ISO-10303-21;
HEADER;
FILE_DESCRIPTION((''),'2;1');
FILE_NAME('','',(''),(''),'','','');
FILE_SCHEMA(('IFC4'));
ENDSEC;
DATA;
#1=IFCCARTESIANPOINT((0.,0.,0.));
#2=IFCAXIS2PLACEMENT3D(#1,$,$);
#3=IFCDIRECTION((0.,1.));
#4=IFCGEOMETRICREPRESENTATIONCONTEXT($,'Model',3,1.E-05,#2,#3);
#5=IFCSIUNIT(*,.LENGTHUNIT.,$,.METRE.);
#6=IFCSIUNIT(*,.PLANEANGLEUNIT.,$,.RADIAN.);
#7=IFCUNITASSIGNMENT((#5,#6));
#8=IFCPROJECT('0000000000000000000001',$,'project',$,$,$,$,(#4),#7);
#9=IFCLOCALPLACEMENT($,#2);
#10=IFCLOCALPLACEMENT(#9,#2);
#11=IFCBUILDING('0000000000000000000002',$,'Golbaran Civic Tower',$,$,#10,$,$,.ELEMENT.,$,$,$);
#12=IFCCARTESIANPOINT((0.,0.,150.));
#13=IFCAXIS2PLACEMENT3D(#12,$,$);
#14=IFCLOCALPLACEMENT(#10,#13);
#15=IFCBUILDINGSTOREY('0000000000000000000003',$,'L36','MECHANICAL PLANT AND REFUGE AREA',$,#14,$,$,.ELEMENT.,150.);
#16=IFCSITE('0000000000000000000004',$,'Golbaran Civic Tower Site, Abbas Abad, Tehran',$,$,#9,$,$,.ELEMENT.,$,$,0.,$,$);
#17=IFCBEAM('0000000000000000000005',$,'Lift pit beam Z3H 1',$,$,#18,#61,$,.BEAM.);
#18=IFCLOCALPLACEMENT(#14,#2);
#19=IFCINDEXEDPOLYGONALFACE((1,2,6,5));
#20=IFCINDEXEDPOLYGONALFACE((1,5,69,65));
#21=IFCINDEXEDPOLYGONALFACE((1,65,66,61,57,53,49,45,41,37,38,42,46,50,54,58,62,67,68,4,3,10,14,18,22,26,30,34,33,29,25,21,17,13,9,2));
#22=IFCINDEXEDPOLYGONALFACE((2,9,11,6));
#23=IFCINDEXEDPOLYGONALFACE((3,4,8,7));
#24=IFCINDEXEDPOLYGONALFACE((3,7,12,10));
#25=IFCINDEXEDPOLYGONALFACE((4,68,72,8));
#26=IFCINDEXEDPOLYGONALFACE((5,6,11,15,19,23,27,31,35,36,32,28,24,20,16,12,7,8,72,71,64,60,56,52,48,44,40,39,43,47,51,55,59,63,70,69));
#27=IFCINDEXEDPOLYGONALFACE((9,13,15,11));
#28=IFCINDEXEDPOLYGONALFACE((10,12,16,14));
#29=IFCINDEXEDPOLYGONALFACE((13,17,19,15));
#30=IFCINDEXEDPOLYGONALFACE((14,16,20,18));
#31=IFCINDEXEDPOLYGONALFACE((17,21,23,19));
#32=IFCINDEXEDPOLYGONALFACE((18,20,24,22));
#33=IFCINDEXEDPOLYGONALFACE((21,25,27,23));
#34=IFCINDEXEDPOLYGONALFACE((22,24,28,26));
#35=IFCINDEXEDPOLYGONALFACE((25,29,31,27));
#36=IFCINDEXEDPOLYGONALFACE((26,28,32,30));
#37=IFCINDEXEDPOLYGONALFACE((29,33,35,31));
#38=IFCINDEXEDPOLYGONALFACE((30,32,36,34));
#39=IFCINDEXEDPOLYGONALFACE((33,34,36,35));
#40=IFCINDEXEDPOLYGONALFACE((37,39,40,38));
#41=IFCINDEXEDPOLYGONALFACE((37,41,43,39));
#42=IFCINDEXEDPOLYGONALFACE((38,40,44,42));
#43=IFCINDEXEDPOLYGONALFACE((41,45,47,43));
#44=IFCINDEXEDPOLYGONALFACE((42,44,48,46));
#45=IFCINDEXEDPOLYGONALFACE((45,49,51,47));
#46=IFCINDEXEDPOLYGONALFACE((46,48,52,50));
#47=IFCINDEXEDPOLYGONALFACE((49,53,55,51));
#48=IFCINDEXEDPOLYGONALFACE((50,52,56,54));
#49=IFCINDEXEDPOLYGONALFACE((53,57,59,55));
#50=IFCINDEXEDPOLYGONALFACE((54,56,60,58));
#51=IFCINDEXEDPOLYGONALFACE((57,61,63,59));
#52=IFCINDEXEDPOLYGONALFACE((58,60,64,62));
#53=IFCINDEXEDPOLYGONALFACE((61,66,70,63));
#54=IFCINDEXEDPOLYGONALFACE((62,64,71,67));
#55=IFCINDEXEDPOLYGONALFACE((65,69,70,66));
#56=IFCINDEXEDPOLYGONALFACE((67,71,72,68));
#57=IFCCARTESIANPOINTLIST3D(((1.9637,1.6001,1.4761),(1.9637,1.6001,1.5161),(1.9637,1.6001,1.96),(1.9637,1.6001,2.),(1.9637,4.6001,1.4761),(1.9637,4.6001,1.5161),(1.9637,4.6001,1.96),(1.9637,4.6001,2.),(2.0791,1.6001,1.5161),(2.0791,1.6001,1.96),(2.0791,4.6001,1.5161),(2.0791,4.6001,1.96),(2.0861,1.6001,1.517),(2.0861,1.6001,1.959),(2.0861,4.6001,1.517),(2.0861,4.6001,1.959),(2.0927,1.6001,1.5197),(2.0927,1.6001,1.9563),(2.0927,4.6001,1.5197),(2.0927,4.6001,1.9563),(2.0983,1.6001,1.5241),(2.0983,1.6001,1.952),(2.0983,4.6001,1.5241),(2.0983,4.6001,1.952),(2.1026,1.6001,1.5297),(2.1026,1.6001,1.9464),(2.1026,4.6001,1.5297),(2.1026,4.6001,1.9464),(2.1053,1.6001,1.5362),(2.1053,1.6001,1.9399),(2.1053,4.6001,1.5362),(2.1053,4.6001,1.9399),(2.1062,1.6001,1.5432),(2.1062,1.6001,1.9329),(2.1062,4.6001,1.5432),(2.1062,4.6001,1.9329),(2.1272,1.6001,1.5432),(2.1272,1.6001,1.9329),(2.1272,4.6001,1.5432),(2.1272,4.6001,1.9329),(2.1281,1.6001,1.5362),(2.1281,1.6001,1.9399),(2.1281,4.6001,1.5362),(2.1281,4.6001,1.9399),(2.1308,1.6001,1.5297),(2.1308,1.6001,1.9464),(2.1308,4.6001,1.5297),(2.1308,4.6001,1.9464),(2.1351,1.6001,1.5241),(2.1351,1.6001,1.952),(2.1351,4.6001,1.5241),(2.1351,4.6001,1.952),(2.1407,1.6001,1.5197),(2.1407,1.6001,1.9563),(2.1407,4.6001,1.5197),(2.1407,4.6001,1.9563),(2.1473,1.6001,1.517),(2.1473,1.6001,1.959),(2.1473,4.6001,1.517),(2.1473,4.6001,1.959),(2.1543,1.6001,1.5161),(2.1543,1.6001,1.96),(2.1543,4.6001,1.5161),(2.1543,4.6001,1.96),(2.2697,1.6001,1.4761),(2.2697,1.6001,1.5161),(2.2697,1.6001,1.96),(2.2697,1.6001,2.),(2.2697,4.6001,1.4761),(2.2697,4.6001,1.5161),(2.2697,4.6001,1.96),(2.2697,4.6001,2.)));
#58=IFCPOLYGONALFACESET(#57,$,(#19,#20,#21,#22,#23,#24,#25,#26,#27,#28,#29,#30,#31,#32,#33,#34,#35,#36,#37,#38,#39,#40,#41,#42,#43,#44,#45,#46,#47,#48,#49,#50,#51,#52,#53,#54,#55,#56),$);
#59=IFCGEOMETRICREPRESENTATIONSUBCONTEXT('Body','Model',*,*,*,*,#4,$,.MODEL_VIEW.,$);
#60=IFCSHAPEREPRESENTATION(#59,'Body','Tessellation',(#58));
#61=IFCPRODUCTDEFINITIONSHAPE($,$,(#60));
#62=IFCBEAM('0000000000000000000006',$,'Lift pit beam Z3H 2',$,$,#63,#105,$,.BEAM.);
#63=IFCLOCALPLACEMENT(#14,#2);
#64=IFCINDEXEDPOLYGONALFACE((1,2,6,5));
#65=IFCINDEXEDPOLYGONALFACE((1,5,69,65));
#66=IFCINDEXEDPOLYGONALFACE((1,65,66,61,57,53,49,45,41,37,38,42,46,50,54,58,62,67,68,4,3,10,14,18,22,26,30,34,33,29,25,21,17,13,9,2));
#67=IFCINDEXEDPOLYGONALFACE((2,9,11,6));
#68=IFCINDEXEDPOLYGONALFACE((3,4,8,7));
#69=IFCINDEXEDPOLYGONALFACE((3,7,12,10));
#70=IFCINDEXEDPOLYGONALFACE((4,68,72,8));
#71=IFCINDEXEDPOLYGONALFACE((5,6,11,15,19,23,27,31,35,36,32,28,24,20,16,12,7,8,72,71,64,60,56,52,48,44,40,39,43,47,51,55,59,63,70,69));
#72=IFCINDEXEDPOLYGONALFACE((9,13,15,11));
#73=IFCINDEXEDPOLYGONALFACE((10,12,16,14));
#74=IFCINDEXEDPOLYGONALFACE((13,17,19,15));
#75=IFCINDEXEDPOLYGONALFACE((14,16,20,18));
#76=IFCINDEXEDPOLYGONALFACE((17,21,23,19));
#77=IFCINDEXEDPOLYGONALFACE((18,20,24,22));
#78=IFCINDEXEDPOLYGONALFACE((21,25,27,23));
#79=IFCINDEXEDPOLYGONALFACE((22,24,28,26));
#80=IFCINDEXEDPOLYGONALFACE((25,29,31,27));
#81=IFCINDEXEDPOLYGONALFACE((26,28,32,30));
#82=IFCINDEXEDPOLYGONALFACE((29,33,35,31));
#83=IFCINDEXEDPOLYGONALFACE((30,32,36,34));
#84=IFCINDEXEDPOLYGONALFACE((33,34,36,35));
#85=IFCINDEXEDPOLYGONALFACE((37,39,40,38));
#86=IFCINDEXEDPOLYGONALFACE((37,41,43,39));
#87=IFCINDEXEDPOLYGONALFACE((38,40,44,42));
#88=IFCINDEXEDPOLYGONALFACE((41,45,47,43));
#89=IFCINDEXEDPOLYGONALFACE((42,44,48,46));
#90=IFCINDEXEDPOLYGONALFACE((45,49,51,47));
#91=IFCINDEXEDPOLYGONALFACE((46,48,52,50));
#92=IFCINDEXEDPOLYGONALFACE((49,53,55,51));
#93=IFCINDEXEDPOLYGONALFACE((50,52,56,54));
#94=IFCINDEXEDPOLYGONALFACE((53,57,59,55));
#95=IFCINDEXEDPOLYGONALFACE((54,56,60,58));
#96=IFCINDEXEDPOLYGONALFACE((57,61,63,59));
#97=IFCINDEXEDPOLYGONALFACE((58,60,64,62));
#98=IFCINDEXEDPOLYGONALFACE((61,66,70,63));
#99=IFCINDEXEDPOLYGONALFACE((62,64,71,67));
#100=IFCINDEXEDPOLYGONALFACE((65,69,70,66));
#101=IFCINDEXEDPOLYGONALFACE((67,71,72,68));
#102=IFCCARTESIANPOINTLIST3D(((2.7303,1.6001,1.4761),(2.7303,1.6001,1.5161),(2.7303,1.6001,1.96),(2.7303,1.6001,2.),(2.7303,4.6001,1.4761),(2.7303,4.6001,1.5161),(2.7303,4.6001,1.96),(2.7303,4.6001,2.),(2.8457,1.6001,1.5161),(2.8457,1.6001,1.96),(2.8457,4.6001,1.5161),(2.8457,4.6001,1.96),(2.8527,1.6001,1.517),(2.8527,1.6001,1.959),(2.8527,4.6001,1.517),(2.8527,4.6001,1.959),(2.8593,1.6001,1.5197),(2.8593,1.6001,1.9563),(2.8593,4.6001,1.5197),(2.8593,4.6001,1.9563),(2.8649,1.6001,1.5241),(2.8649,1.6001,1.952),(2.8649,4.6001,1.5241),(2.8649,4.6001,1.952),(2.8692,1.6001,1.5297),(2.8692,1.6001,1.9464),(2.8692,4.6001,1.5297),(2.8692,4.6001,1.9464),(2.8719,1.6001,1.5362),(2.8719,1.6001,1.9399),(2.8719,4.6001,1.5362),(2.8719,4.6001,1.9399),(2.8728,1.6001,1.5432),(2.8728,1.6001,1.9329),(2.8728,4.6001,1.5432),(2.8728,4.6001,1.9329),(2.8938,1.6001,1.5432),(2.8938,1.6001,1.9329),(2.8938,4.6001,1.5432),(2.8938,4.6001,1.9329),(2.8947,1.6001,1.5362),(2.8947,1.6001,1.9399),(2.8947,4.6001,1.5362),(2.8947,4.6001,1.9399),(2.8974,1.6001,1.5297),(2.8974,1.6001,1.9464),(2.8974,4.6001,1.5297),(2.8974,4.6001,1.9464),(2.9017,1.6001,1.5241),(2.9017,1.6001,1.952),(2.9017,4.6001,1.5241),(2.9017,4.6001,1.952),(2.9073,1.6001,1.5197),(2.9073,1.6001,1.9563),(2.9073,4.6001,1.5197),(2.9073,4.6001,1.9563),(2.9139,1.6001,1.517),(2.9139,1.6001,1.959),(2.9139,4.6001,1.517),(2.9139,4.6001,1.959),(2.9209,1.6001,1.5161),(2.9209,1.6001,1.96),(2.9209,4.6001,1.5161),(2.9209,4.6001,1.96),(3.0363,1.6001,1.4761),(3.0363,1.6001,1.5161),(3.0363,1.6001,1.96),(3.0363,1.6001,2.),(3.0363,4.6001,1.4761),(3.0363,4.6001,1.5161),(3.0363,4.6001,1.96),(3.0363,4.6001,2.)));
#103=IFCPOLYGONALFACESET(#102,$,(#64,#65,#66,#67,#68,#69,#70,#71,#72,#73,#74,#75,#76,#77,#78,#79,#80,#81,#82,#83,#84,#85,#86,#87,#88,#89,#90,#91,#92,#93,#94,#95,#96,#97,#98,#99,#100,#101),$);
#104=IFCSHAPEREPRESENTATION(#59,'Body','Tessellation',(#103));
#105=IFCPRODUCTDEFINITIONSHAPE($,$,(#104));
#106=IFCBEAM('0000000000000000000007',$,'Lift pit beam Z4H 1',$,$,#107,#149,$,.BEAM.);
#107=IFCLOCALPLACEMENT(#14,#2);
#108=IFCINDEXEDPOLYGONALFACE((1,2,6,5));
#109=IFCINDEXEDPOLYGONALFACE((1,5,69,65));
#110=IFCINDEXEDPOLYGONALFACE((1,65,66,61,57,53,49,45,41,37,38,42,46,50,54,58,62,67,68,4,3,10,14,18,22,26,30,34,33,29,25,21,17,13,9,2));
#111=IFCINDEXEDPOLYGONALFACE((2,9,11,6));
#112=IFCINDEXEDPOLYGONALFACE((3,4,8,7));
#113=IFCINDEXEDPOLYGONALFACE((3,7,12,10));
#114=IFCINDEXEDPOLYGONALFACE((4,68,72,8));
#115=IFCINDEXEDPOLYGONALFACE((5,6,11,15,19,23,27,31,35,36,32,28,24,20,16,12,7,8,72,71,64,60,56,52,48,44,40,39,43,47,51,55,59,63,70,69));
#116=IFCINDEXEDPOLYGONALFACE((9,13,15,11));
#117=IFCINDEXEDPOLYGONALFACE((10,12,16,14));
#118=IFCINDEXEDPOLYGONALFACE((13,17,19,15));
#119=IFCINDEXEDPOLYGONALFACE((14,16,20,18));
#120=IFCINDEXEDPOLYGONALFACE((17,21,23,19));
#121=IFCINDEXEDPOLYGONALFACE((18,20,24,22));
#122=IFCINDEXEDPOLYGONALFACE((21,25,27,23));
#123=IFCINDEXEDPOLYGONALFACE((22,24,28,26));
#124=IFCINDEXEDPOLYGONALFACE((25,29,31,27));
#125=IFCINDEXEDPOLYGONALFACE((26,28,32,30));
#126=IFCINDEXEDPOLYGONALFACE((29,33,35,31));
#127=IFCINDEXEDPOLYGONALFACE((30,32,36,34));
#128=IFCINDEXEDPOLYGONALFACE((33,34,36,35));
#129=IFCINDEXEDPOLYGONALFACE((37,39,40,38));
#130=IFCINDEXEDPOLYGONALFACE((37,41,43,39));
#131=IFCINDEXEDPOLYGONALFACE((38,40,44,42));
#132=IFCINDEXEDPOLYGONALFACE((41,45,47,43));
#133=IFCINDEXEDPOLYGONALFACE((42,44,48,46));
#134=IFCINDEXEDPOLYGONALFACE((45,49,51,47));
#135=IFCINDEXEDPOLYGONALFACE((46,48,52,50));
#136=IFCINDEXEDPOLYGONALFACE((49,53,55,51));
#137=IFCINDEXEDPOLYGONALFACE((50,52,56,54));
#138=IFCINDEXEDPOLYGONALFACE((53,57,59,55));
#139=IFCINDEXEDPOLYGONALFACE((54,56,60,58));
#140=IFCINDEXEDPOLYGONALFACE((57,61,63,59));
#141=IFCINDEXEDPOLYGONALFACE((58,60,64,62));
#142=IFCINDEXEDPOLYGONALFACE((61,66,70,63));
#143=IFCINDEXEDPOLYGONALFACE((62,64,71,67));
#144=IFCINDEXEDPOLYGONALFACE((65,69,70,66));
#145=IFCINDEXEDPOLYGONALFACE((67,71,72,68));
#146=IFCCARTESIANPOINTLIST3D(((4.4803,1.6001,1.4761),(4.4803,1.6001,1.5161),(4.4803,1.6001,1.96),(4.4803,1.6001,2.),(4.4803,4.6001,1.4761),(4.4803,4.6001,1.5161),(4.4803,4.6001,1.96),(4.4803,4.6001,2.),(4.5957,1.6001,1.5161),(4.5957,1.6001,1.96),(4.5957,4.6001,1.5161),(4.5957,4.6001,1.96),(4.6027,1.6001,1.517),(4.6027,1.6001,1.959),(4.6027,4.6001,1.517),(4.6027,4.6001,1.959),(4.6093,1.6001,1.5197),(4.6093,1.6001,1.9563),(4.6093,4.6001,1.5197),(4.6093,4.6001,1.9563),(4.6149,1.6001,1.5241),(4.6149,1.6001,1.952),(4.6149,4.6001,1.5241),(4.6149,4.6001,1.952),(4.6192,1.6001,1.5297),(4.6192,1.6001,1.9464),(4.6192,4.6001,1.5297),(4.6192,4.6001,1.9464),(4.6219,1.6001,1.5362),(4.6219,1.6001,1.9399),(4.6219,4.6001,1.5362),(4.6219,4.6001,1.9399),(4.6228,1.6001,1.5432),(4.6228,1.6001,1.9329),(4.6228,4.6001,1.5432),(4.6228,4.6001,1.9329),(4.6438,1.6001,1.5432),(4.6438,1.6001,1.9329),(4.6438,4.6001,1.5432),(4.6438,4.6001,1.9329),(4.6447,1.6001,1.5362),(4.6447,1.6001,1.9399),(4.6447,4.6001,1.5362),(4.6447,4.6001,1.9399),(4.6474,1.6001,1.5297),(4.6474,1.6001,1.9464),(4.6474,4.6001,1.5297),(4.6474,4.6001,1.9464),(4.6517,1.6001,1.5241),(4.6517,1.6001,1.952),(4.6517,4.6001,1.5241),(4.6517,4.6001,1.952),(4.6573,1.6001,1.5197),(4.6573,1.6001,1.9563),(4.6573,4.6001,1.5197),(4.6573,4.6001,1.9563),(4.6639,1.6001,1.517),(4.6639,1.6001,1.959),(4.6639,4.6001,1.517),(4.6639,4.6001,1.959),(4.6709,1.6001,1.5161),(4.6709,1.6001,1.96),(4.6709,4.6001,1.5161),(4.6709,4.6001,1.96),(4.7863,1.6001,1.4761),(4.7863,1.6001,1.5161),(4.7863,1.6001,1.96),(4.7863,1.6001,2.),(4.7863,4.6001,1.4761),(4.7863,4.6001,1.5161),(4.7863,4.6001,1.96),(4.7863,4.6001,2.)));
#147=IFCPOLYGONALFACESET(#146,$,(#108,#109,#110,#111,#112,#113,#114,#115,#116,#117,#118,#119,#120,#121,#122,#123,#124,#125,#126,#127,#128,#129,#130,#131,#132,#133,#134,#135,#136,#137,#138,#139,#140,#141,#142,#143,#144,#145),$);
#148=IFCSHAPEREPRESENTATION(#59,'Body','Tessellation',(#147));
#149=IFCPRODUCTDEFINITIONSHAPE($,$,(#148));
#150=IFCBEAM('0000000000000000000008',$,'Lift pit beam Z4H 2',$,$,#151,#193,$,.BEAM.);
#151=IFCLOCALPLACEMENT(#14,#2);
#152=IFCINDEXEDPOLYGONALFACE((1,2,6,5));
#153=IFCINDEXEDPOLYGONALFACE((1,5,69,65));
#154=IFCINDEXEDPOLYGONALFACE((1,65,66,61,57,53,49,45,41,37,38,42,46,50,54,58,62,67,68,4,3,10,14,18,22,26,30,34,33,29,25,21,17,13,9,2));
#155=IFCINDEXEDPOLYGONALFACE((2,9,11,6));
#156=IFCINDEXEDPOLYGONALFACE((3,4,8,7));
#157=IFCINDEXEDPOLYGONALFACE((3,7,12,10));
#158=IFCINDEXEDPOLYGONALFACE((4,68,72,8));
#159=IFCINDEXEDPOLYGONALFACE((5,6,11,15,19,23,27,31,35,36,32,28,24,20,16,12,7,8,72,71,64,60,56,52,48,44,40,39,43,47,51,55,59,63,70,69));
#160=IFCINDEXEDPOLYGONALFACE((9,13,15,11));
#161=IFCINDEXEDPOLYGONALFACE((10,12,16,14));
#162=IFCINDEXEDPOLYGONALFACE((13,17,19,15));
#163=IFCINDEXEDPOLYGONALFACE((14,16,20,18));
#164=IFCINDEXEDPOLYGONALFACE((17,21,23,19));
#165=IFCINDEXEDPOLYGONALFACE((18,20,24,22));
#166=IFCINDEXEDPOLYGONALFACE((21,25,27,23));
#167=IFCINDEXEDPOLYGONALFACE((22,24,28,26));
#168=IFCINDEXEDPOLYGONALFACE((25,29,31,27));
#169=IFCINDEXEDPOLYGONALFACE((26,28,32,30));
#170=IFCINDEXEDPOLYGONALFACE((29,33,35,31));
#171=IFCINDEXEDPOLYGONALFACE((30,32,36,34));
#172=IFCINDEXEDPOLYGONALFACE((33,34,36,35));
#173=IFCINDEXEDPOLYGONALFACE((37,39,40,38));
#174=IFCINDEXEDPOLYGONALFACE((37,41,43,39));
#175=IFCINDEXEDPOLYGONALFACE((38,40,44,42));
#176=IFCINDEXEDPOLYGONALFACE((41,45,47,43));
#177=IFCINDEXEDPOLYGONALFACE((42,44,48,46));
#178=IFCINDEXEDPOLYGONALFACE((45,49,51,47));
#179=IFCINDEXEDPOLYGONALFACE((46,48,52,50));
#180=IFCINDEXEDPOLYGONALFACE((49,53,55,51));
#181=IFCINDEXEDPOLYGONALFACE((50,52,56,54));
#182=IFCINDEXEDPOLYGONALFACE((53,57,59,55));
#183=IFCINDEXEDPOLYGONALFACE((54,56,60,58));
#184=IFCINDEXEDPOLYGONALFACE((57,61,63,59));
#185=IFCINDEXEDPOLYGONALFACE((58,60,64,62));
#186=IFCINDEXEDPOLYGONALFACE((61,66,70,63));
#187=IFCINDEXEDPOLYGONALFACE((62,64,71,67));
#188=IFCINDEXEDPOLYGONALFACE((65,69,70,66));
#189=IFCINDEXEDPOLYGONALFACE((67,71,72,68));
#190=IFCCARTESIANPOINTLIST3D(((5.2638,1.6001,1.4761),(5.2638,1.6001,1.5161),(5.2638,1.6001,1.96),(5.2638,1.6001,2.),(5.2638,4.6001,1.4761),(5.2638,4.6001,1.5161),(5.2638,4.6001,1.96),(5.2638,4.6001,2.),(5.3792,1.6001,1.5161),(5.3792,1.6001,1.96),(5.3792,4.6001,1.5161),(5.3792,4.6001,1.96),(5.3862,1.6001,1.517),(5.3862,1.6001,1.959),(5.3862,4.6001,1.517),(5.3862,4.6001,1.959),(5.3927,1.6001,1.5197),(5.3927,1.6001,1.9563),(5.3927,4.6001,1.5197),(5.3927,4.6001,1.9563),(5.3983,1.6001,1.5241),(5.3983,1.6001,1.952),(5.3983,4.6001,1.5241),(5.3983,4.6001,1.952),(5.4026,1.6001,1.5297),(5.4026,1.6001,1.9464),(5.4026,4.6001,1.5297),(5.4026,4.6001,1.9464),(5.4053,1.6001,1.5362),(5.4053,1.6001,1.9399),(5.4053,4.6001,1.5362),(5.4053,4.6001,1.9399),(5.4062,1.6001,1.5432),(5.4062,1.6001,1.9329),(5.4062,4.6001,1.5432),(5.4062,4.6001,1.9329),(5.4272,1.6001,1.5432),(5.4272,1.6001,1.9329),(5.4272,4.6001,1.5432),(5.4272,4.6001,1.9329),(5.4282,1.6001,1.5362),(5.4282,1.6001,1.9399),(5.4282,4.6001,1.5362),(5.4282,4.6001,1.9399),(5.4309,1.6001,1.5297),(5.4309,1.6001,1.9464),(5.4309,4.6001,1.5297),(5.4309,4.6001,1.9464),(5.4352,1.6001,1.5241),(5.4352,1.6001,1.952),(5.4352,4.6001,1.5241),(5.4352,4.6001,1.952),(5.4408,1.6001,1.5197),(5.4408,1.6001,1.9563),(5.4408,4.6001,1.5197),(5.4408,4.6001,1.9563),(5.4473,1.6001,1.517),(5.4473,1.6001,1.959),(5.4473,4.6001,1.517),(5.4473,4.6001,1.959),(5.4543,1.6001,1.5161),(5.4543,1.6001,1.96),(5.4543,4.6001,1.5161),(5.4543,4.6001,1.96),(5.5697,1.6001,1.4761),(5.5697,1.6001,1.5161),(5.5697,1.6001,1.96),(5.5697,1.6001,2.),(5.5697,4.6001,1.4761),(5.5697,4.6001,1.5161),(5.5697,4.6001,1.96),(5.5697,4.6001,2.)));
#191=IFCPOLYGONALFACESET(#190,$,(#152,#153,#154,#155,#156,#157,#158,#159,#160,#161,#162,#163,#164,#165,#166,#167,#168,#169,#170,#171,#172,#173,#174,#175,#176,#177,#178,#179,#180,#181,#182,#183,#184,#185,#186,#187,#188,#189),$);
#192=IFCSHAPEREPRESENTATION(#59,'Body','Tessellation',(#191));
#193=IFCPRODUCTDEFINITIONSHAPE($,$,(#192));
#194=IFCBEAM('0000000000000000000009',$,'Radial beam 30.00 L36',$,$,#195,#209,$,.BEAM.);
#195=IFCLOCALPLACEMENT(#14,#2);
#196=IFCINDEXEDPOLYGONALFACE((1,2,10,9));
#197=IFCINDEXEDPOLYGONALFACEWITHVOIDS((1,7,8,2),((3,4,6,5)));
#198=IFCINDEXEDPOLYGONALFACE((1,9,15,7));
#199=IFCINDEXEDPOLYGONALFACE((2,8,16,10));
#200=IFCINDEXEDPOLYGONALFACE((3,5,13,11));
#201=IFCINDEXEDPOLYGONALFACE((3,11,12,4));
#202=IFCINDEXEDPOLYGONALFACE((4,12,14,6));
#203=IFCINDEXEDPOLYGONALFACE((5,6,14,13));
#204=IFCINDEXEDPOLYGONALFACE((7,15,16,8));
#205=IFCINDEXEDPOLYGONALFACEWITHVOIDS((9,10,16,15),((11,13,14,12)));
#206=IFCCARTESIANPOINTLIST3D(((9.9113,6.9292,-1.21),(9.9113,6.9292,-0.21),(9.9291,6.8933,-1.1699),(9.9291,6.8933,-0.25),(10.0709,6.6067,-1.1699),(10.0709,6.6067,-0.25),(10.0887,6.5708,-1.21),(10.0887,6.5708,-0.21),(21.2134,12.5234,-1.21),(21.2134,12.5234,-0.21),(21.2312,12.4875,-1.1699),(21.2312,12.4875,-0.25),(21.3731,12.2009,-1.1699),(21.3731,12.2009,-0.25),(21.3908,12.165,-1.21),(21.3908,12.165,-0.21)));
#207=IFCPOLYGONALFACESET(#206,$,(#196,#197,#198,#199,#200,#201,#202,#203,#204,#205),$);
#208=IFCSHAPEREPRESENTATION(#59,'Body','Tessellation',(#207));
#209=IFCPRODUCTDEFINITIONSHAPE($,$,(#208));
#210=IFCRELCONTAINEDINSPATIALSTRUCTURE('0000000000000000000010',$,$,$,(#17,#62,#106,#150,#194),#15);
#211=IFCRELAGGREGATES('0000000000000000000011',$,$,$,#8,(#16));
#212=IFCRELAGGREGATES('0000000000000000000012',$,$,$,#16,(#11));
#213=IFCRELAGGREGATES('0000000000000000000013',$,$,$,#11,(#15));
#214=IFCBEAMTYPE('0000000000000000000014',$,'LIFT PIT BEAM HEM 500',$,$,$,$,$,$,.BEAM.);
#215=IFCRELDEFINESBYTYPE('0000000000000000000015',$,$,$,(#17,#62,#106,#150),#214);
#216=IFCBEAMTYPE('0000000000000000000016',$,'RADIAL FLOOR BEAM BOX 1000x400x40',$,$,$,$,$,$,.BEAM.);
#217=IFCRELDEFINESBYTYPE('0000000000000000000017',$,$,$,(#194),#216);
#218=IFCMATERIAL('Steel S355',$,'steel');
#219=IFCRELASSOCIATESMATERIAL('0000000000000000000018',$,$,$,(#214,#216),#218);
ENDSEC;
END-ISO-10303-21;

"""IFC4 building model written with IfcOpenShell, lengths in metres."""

from ifc_helpers import new_model, si_unit, direction, frame, origin, origin_2d, place, context, subcontext, project, spatial, hollow_rectangle, i_section, extrude, material, material_profile, profile_set, type_object, element, save


model = new_model("IFC4")

# Units and contexts
model_context = context("Model", 3, precision=1e-05, world=origin(), true_north=direction((0.0, 1.0)))
body_context = subcontext(model_context, "Body", "Model", "MODEL_VIEW")
ifc_project = project(units=[si_unit("LENGTHUNIT", "METRE"), si_unit("PLANEANGLEUNIT", "RADIAN")], contexts=[model_context])

# Site, building, storey
site_placement = place(None, origin())
site = spatial("IfcSite", under=ifc_project, at=site_placement, Name="Golbaran Civic Tower Site, Abbas Abad, Tehran", CompositionType="ELEMENT", RefElevation=0.0)
building_placement = place(site_placement, origin())
building = spatial("IfcBuilding", under=site, at=building_placement, Name="Golbaran Civic Tower", CompositionType="ELEMENT")
storey_placement = place(building_placement, frame((0.0, 0.0, 150.0)))
storey = spatial("IfcBuildingStorey", under=building, at=storey_placement, Name="L36", Description="MECHANICAL PLANT AND REFUGE AREA", CompositionType="ELEMENT", Elevation=150.0)

# Beams
ifc_material_1 = material(Name="Steel S355", Category="steel")
ifc_material_profile_1 = material_profile(ifc_material_1, i_section(OverallWidth=0.3059, OverallDepth=0.5239, WebThickness=0.021, FlangeThickness=0.04, FilletRadius=0.0271, at=origin_2d()), Name="HEM 500")
ifc_profile_set_1 = profile_set([ifc_material_profile_1], Name="Steel S355")
beam_type_1 = type_object("IfcBeamType", Name="LIFT PIT BEAM HEM 500", PredefinedType="BEAM", material=ifc_profile_set_1)
for number, where, z_axis, x_axis, name in (
    (1, (2.1167, 1.6001, 1.738), (0.0, 1.0, 0.0), (-1.0, 0.0, 0.0), "Lift pit beam Z3H 1"),
    (2, (2.8833, 1.6001, 1.738), (0.0, 1.0, 0.0), (-1.0, 0.0, 0.0), "Lift pit beam Z3H 2"),
    (3, (4.6333, 1.6001, 1.738), (0.0, 1.0, 0.0), (-1.0, 0.0, 0.0), "Lift pit beam Z4H 1"),
    (4, (5.4167, 1.6001, 1.738), (0.0, 1.0, 0.0), (-1.0, 0.0, 0.0), "Lift pit beam Z4H 2"),
):
    element("IfcBeam", number, at=place(storey_placement, frame(where, z_axis=z_axis, x_axis=x_axis)), inside=storey, type_object=beam_type_1, Name=name, PredefinedType="BEAM", context=body_context, shape_type="SweptSolid", body=[
        extrude(i_section(OverallWidth=0.3059, OverallDepth=0.5239, WebThickness=0.021, FlangeThickness=0.04, FilletRadius=0.0271, at=origin_2d()), origin(), (0.0, 0.0, 1.0), 3.0),
    ])
ifc_material_profile_2 = material_profile(ifc_material_1, hollow_rectangle(XDim=0.3999, YDim=1.0, WallThickness=0.04, at=origin_2d()), Name="BOX 1000x400x40")
ifc_profile_set_2 = profile_set([ifc_material_profile_2], Name="Steel S355")
beam_type_2 = type_object("IfcBeamType", Name="RADIAL FLOOR BEAM BOX 1000x400x40", PredefinedType="BEAM", material=ifc_profile_set_2)
beam_1_placement = place(storey_placement, frame((10.0, 6.75, -0.71), z_axis=(0.896224, 0.443601, 0.0), x_axis=(-0.443601, 0.896224, 0.0)))
element("IfcBeam", 5, at=beam_1_placement, inside=storey, type_object=beam_type_2, Name="Radial beam 30.00 L36", PredefinedType="BEAM", context=body_context, shape_type="SweptSolid", body=[
    extrude(hollow_rectangle(XDim=0.3999, YDim=1.0, WallThickness=0.04, at=origin_2d()), origin(), (0.0, 0.0, 1.0), 12.6108),
])

save(model, "model.ifc")
